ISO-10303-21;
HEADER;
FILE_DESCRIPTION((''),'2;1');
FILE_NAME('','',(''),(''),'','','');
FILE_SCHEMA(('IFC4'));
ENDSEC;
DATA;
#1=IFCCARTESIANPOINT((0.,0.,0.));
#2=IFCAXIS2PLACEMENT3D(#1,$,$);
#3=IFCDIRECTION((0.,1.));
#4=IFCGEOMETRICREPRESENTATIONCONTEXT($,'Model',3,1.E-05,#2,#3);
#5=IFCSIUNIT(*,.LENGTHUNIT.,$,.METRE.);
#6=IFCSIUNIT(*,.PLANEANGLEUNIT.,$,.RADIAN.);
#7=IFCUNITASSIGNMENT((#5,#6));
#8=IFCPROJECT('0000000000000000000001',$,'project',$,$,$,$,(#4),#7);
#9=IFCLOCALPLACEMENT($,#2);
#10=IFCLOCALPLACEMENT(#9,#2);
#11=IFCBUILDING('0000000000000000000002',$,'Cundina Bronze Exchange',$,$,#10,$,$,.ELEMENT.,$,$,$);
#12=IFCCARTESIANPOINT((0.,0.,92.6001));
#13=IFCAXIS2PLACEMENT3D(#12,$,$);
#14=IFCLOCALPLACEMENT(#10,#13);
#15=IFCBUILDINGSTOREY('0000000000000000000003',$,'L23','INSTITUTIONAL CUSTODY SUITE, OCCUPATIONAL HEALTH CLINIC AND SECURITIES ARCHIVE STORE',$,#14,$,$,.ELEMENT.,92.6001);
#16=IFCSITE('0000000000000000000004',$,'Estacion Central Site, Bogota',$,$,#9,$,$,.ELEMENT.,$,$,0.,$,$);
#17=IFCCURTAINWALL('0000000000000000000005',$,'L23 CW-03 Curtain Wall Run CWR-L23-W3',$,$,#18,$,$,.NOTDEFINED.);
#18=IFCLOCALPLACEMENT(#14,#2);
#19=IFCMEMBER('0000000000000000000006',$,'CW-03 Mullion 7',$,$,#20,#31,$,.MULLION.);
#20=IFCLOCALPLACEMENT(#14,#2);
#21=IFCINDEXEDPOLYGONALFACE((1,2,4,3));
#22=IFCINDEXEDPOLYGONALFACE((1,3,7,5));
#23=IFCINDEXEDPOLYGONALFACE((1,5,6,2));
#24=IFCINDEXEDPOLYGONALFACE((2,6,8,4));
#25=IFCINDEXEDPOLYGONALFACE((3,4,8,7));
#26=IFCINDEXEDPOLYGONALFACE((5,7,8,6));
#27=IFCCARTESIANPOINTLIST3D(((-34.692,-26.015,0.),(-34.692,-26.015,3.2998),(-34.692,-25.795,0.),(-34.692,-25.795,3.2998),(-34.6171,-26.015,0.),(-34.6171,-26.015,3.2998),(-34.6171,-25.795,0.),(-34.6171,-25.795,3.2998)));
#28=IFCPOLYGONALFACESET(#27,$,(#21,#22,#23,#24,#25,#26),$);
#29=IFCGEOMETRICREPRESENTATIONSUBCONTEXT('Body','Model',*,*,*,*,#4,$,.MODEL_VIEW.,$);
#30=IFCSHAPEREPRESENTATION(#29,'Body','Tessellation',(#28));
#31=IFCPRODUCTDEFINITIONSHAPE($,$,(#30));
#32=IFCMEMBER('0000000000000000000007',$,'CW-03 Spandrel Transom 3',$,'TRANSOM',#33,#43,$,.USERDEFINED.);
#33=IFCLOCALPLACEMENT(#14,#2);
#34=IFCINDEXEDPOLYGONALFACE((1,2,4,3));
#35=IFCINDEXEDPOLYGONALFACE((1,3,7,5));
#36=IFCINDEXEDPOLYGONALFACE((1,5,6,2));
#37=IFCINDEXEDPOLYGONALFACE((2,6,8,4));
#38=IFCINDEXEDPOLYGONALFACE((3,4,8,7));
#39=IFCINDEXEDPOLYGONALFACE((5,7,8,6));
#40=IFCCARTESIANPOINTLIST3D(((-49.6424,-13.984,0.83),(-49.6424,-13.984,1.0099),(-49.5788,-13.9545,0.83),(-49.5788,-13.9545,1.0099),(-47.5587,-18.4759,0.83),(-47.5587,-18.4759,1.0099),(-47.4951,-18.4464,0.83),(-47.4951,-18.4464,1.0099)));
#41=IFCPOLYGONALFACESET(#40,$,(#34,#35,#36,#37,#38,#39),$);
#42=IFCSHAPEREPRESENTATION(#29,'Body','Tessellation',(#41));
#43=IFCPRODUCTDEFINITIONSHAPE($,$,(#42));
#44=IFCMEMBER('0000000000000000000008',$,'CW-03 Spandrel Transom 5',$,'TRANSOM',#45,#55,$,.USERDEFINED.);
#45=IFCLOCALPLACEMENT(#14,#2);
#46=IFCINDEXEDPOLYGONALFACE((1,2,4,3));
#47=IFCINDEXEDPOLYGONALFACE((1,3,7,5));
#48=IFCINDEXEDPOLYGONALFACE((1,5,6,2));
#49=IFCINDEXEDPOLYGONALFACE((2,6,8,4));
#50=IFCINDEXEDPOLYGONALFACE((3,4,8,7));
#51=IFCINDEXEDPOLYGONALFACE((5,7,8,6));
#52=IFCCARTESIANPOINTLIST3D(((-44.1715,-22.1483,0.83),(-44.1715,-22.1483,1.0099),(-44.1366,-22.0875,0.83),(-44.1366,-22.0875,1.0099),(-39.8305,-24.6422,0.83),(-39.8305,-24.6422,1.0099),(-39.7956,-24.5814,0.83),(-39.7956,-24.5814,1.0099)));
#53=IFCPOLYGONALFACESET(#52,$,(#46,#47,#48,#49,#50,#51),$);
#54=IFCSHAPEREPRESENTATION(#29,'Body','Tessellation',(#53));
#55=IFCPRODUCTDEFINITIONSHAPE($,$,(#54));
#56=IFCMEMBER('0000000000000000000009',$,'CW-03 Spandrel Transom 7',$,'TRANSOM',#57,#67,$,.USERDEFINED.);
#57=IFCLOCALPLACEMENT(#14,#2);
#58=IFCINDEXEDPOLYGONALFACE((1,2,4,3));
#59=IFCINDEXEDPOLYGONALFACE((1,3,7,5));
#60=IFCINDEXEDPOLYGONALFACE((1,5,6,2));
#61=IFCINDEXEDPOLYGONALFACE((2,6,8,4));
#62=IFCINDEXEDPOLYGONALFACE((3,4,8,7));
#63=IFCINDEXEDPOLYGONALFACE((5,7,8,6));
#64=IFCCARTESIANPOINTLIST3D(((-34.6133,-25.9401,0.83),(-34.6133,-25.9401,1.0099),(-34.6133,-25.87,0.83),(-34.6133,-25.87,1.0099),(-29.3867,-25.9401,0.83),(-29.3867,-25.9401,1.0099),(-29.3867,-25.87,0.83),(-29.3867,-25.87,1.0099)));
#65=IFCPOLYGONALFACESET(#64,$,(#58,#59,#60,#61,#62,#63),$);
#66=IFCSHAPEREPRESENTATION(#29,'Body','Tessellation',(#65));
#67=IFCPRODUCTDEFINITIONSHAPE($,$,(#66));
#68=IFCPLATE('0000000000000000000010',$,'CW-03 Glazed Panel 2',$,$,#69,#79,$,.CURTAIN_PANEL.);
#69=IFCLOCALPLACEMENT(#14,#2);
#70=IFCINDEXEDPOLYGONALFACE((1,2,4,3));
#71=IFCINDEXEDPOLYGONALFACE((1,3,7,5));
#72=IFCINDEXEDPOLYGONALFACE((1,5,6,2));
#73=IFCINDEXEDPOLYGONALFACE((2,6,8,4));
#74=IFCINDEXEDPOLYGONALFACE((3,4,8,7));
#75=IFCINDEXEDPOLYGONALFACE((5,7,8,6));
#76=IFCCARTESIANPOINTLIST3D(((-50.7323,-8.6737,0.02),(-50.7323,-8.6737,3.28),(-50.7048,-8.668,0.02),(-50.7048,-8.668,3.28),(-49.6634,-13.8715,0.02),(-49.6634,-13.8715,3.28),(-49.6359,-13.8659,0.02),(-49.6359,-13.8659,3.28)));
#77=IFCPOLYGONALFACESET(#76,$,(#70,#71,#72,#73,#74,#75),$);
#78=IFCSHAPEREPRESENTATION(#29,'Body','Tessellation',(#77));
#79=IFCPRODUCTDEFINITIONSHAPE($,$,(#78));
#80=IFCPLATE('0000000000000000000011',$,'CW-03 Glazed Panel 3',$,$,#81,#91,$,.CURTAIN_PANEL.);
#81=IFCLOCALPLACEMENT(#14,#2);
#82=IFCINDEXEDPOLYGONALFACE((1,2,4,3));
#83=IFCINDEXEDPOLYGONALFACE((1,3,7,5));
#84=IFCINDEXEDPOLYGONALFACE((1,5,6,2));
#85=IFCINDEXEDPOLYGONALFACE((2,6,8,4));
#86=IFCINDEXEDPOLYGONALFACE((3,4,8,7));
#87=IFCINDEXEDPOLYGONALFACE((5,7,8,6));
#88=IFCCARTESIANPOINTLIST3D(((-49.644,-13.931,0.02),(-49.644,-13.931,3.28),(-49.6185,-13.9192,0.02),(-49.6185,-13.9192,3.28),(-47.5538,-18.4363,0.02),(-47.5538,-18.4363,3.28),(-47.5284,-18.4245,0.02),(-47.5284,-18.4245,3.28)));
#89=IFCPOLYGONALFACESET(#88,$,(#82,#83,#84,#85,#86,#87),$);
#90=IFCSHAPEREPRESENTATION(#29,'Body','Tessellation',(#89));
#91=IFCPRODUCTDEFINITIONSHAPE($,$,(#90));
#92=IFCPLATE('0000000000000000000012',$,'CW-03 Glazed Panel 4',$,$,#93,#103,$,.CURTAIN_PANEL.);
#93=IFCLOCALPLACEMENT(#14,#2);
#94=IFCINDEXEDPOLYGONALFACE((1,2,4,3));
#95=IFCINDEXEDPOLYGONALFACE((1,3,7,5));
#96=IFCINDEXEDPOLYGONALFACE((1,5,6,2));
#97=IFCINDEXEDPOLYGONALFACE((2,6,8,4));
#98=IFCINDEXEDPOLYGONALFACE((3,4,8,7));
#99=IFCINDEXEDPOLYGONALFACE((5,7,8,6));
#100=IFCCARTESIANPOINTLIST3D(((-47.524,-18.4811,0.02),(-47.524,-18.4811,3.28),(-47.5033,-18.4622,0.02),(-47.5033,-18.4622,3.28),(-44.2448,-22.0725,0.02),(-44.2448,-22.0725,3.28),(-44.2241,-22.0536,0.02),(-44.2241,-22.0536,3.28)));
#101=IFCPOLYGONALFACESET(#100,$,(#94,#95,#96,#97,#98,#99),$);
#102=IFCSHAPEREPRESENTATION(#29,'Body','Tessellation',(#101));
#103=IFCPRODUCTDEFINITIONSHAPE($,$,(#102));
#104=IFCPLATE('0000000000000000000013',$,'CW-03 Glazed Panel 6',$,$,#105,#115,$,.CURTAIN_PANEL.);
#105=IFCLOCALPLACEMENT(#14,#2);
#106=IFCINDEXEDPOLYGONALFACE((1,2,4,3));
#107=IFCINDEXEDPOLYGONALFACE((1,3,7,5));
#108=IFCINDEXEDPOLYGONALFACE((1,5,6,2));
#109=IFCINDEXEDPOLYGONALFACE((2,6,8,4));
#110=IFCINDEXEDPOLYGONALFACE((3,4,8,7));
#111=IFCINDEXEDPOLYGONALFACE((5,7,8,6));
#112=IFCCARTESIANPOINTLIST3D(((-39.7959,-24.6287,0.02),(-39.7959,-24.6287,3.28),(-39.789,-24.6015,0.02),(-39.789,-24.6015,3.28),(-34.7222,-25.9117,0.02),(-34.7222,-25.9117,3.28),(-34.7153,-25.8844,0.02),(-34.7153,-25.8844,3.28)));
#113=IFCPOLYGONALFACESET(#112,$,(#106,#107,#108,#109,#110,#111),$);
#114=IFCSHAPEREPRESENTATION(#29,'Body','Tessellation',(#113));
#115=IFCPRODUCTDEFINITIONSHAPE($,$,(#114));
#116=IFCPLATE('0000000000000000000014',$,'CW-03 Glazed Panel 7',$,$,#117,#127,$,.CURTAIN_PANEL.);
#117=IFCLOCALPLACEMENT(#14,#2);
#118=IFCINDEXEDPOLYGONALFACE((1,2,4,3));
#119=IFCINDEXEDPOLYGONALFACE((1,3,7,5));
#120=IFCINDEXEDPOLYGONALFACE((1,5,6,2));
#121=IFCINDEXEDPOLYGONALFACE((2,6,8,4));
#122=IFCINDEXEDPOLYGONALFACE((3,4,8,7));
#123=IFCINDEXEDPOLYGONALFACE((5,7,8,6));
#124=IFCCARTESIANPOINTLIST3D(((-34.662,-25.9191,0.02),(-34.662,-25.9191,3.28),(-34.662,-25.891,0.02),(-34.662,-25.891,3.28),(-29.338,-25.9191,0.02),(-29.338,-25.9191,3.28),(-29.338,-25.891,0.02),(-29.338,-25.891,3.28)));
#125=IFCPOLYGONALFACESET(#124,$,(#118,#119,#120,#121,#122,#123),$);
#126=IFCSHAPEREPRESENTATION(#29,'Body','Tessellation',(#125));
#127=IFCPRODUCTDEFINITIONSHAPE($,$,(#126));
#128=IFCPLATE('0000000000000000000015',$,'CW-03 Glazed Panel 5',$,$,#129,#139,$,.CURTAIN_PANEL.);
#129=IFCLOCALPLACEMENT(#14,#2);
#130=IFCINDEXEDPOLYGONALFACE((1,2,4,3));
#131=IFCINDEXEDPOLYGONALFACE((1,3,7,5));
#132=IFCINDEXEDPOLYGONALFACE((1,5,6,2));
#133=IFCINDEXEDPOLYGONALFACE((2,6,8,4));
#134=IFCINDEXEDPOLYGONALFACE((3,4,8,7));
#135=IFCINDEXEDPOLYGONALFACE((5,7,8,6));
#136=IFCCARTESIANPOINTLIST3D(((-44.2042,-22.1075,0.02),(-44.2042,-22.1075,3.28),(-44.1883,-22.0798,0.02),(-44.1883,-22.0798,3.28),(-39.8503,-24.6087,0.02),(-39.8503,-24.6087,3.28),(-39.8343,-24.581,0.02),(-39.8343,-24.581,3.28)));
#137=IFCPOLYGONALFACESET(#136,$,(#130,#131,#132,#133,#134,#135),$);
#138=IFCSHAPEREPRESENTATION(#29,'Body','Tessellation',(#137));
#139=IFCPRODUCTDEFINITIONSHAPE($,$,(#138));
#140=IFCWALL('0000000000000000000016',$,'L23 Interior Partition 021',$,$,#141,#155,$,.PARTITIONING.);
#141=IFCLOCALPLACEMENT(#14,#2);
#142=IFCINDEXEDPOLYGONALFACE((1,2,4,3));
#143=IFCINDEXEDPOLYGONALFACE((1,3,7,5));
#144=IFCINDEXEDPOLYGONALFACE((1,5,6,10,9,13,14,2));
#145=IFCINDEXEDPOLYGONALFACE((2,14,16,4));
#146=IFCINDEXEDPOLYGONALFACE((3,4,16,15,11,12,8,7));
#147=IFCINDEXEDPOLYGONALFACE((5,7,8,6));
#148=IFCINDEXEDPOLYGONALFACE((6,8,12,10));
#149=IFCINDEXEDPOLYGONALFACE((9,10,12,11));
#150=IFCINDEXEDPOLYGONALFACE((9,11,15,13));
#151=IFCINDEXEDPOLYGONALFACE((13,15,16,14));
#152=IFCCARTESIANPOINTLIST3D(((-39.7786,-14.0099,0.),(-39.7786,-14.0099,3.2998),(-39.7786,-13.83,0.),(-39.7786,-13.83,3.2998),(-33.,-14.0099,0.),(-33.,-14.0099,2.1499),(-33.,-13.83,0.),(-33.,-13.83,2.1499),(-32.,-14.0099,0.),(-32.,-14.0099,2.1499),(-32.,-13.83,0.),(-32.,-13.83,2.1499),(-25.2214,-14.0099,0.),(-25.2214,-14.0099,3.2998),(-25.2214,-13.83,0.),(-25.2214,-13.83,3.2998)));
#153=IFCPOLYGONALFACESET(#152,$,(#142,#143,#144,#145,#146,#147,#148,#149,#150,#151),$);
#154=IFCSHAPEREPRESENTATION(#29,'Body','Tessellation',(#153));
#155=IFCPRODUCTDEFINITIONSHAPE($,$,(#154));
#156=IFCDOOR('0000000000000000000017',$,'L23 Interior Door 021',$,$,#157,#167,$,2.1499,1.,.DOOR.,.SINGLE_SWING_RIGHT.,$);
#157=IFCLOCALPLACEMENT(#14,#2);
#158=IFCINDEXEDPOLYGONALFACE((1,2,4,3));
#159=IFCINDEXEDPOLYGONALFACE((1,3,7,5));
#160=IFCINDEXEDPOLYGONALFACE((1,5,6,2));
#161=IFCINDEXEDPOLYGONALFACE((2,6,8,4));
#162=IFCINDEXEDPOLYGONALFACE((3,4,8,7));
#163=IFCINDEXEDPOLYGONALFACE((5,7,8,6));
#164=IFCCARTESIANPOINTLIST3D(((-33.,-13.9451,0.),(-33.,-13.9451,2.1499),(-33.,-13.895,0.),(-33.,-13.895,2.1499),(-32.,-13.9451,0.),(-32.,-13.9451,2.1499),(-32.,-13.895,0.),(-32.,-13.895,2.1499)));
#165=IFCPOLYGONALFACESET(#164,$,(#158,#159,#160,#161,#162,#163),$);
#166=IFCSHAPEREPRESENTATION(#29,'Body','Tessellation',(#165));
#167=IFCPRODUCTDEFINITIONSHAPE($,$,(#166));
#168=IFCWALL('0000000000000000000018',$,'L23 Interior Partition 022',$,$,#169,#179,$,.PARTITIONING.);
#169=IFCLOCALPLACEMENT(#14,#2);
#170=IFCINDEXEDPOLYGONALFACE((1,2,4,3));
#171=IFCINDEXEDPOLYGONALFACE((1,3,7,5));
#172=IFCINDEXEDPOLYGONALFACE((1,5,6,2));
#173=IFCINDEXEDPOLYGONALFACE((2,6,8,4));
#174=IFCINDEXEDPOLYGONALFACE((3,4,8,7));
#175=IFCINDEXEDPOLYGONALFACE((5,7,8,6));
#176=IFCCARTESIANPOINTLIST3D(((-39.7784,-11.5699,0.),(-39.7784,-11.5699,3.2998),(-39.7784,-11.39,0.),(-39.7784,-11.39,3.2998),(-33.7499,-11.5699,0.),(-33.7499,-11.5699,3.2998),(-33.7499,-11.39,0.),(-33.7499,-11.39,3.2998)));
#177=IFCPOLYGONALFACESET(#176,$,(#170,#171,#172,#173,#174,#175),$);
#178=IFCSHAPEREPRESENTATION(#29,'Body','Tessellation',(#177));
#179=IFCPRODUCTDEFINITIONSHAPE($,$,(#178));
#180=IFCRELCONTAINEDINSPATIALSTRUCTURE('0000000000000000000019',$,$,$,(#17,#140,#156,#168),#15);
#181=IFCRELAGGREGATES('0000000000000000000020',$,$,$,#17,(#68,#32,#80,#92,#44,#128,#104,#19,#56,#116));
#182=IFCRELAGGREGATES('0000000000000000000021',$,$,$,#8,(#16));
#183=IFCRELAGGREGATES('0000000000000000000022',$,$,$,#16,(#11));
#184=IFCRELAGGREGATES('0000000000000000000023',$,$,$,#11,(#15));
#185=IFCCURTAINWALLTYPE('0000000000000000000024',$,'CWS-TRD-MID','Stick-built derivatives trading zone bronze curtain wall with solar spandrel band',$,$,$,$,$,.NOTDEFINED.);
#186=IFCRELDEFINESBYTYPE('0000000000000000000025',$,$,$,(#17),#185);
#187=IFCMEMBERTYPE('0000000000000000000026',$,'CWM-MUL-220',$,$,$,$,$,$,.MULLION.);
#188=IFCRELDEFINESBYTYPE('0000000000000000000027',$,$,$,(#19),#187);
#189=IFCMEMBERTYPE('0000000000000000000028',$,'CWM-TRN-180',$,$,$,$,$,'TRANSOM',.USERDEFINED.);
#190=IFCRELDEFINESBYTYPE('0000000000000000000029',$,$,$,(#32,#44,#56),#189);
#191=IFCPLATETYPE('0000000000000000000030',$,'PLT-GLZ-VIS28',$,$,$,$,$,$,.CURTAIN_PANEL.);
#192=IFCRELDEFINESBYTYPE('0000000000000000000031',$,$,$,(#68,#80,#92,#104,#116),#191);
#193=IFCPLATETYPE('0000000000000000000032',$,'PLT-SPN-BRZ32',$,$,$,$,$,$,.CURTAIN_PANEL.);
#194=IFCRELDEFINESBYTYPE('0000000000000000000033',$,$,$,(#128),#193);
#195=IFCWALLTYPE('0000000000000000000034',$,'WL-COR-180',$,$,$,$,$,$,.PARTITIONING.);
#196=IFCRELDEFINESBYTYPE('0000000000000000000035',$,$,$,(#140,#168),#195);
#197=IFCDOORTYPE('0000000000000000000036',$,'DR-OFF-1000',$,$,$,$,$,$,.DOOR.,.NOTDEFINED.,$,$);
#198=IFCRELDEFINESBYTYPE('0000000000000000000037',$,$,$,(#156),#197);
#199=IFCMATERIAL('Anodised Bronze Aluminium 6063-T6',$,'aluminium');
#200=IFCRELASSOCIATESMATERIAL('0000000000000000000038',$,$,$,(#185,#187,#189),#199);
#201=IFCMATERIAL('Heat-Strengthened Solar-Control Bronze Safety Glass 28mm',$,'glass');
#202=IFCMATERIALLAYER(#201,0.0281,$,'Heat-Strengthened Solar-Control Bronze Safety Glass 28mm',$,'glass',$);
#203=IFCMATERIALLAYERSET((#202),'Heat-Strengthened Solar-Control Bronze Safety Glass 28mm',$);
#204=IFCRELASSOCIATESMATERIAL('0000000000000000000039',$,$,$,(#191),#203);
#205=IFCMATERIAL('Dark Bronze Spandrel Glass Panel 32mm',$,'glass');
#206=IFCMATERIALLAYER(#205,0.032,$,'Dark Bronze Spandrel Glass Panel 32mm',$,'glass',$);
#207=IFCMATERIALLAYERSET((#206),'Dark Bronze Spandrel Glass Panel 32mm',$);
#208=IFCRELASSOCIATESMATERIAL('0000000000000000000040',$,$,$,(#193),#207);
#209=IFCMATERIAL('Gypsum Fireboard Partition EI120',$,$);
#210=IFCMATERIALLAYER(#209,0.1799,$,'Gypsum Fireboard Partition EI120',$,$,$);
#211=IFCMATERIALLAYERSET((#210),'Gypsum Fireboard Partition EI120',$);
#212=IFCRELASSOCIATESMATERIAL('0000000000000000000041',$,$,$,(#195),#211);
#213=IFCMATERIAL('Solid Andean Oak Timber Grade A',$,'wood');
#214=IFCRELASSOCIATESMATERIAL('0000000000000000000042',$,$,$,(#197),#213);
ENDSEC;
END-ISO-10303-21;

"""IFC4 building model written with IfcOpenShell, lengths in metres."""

from ifc_helpers import new_model, si_unit, direction, frame, frame_2d, origin, origin_2d, place, context, subcontext, project, spatial, rectangle, extrude, material, layer, layer_set, material_profile, profile_set, type_object, element, fill, aggregate, save


model = new_model("IFC4")

# Units and contexts
model_context = context("Model", 3, precision=1e-05, world=origin(), true_north=direction((0.0, 1.0)))
body_context = subcontext(model_context, "Body", "Model", "MODEL_VIEW")
ifc_project = project(units=[si_unit("LENGTHUNIT", "METRE"), si_unit("PLANEANGLEUNIT", "RADIAN")], contexts=[model_context])

# Site, building, storey
site_placement = place(None, origin())
site = spatial("IfcSite", under=ifc_project, at=site_placement, Name="Estacion Central Site, Bogota", CompositionType="ELEMENT", RefElevation=0.0)
building_placement = place(site_placement, origin())
building = spatial("IfcBuilding", under=site, at=building_placement, Name="Cundina Bronze Exchange", CompositionType="ELEMENT")
storey_placement = place(building_placement, frame((0.0, 0.0, 92.6001)))
storey = spatial("IfcBuildingStorey", under=building, at=storey_placement, Name="L23", Description="INSTITUTIONAL CUSTODY SUITE, OCCUPATIONAL HEALTH CLINIC AND SECURITIES ARCHIVE STORE", CompositionType="ELEMENT", Elevation=92.6001)

# Curtain wall, members, plates
ifc_material_1 = material(Name="Anodised Bronze Aluminium 6063-T6", Category="aluminium")
curtain_wall_type = type_object("IfcCurtainWallType", Name="CWS-TRD-MID", Description="Stick-built derivatives trading zone bronze curtain wall with solar spandrel band", PredefinedType="NOTDEFINED", material=ifc_material_1)
curtain_wall_placement = place(storey_placement, origin())
curtain_wall = element("IfcCurtainWall", 1, at=curtain_wall_placement, inside=storey, type_object=curtain_wall_type, Name="L23 CW-03 Curtain Wall Run CWR-L23-W3", PredefinedType="NOTDEFINED")
ifc_material_profile_1 = material_profile(ifc_material_1, rectangle(XDim=0.075, YDim=0.22, at=origin_2d()), Name="AL75X220", Category="aluminium")
ifc_profile_set_1 = profile_set([ifc_material_profile_1], Name="Anodised Bronze Aluminium 6063-T6")
member_type_1 = type_object("IfcMemberType", Name="CWM-MUL-220", PredefinedType="MULLION", material=ifc_profile_set_1)
member_1_placement = place(storey_placement, frame((-34.6545, -25.905, 0.0), z_axis=(0.0, 0.0, 1.0), x_axis=(1.0, 0.0, 0.0)))
member_1 = element("IfcMember", 2, at=member_1_placement, type_object=member_type_1, Name="CW-03 Mullion 7", PredefinedType="MULLION", context=body_context, shape_type="SweptSolid", body=[
    extrude(rectangle(XDim=0.075, YDim=0.22, at=origin_2d()), origin(), (0.0, 0.0, 1.0), 3.2998),
])
ifc_material_profile_2 = material_profile(ifc_material_1, rectangle(XDim=0.0701, YDim=0.1799, at=origin_2d()), Name="AL70X180", Category="aluminium")
ifc_profile_set_2 = profile_set([ifc_material_profile_2], Name="Anodised Bronze Aluminium 6063-T6")
member_type_2 = type_object("IfcMemberType", Name="CWM-TRN-180", ElementType="TRANSOM", PredefinedType="USERDEFINED", material=ifc_profile_set_2)
member_2_placement = place(storey_placement, frame((-49.6106, -13.9692, 0.9199), z_axis=(0.420811, -0.907148, 0.0), x_axis=(0.907148, 0.420811, 0.0)))
member_2 = element("IfcMember", 3, at=member_2_placement, type_object=member_type_2, Name="CW-03 Spandrel Transom 3", ObjectType="TRANSOM", PredefinedType="USERDEFINED", context=body_context, shape_type="SweptSolid", body=[
    extrude(rectangle(XDim=0.0701, YDim=0.1799, at=origin_2d()), origin(), (0.0, 0.0, 1.0), 4.9517),
])
member_3_placement = place(storey_placement, frame((-44.1541, -22.1179, 0.9199), z_axis=(0.867097, -0.498139, 0.0), x_axis=(0.498139, 0.867097, 0.0)))
member_3 = element("IfcMember", 4, at=member_3_placement, type_object=member_type_2, Name="CW-03 Spandrel Transom 5", ObjectType="TRANSOM", PredefinedType="USERDEFINED", context=body_context, shape_type="SweptSolid", body=[
    extrude(rectangle(XDim=0.0701, YDim=0.1799, at=origin_2d()), origin(), (0.0, 0.0, 1.0), 5.0063),
])
member_4_placement = place(storey_placement, frame((-34.6133, -25.905, 0.9199), z_axis=(1.0, 0.0, 0.0), x_axis=(0.0, 1.0, 0.0)))
member_4 = element("IfcMember", 5, at=member_4_placement, type_object=member_type_2, Name="CW-03 Spandrel Transom 7", ObjectType="TRANSOM", PredefinedType="USERDEFINED", context=body_context, shape_type="SweptSolid", body=[
    extrude(rectangle(XDim=0.0701, YDim=0.1799, at=origin_2d()), origin(), (0.0, 0.0, 1.0), 5.2266),
])
ifc_material_2 = material(Name="Heat-Strengthened Solar-Control Bronze Safety Glass 28mm", Category="glass")
ifc_layer_1 = layer(ifc_material_2, 0.0281, Name="Heat-Strengthened Solar-Control Bronze Safety Glass 28mm", Category="glass")
ifc_layer_set_1 = layer_set([ifc_layer_1], Name="Heat-Strengthened Solar-Control Bronze Safety Glass 28mm")
plate_type_1 = type_object("IfcPlateType", Name="PLT-GLZ-VIS28", PredefinedType="CURTAIN_PANEL", material=ifc_layer_set_1)
plate_1_placement = place(storey_placement, frame((-50.1841, -11.2698, 0.02), z_axis=(0.0, 0.0, 1.0), x_axis=(0.20142, -0.979505, 0.0)))
plate_1 = element("IfcPlate", 6, at=plate_1_placement, type_object=plate_type_1, Name="CW-03 Glazed Panel 2", PredefinedType="CURTAIN_PANEL", context=body_context, shape_type="SweptSolid", body=[
    extrude(rectangle(XDim=5.3066, YDim=0.0281, at=origin_2d()), origin(), (0.0, 0.0, 1.0), 3.26),
])
plate_2_placement = place(storey_placement, frame((-48.5862, -16.1777, 0.02), z_axis=(0.0, 0.0, 1.0), x_axis=(0.420846, -0.907132, 0.0)))
plate_2 = element("IfcPlate", 7, at=plate_2_placement, type_object=plate_type_1, Name="CW-03 Glazed Panel 3", PredefinedType="CURTAIN_PANEL", context=body_context, shape_type="SweptSolid", body=[
    extrude(rectangle(XDim=4.9666, YDim=0.0281, at=origin_2d()), origin(), (0.0, 0.0, 1.0), 3.26),
])
plate_3_placement = place(storey_placement, frame((-45.874, -20.2673, 0.02), z_axis=(0.0, 0.0, 1.0), x_axis=(0.674277, -0.738479, 0.0)))
plate_3 = element("IfcPlate", 8, at=plate_3_placement, type_object=plate_type_1, Name="CW-03 Glazed Panel 4", PredefinedType="CURTAIN_PANEL", context=body_context, shape_type="SweptSolid", body=[
    extrude(rectangle(XDim=4.8633, YDim=0.0281, at=origin_2d()), origin(), (0.0, 0.0, 1.0), 3.26),
])
plate_4_placement = place(storey_placement, frame((-37.2556, -25.2566, 0.02), z_axis=(0.0, 0.0, 1.0), x_axis=(0.969488, -0.245138, 0.0)))
plate_4 = element("IfcPlate", 9, at=plate_4_placement, type_object=plate_type_1, Name="CW-03 Glazed Panel 6", PredefinedType="CURTAIN_PANEL", context=body_context, shape_type="SweptSolid", body=[
    extrude(rectangle(XDim=5.2334, YDim=0.0281, at=origin_2d()), origin(), (0.0, 0.0, 1.0), 3.26),
])
plate_5_placement = place(storey_placement, frame((-32.0, -25.905, 0.02), z_axis=(0.0, 0.0, 1.0), x_axis=(1.0, 0.0, 0.0)))
plate_5 = element("IfcPlate", 10, at=plate_5_placement, type_object=plate_type_1, Name="CW-03 Glazed Panel 7", PredefinedType="CURTAIN_PANEL", context=body_context, shape_type="SweptSolid", body=[
    extrude(rectangle(XDim=5.324, YDim=0.0281, at=origin_2d()), origin(), (0.0, 0.0, 1.0), 3.26),
])
ifc_material_3 = material(Name="Dark Bronze Spandrel Glass Panel 32mm", Category="glass")
ifc_layer_2 = layer(ifc_material_3, 0.032, Name="Dark Bronze Spandrel Glass Panel 32mm", Category="glass")
ifc_layer_set_2 = layer_set([ifc_layer_2], Name="Dark Bronze Spandrel Glass Panel 32mm")
plate_type_2 = type_object("IfcPlateType", Name="PLT-SPN-BRZ32", PredefinedType="CURTAIN_PANEL", material=ifc_layer_set_2)
plate_6_placement = place(storey_placement, frame((-42.0193, -23.3442, 0.02), z_axis=(0.0, 0.0, 1.0), x_axis=(0.867105, -0.498125, 0.0)))
plate_6 = element("IfcPlate", 11, at=plate_6_placement, type_object=plate_type_2, Name="CW-03 Glazed Panel 5", PredefinedType="CURTAIN_PANEL", context=body_context, shape_type="SweptSolid", body=[
    extrude(rectangle(XDim=5.0212, YDim=0.032, at=origin_2d()), origin(), (0.0, 0.0, 1.0), 3.26),
])
aggregate(curtain_wall, [plate_1, member_2, plate_2, plate_3, member_3, plate_6, plate_4, member_1, member_4, plate_5])

# Wall, opening, door
ifc_material_4 = material(Name="Gypsum Fireboard Partition EI120")
ifc_layer_3 = layer(ifc_material_4, 0.1799, Name="Gypsum Fireboard Partition EI120")
ifc_layer_set_3 = layer_set([ifc_layer_3], Name="Gypsum Fireboard Partition EI120")
wall_type_1 = type_object("IfcWallType", Name="WL-COR-180", PredefinedType="PARTITIONING", material=ifc_layer_set_3)
wall_1_placement = place(storey_placement, frame((-39.7786, -13.9199, 0.0), z_axis=(0.0, 0.0, 1.0), x_axis=(1.0, 0.0, 0.0)))
wall_1 = element("IfcWall", 12, at=wall_1_placement, inside=storey, type_object=wall_type_1, Name="L23 Interior Partition 021", PredefinedType="PARTITIONING", context=body_context, shape_type="SweptSolid", body=[
    extrude(rectangle(XDim=14.5571, YDim=0.1799, at=frame_2d((7.2786, 0.0))), origin(), (0.0, 0.0, 1.0), 3.2998),
])
opening_placement = place(wall_1_placement, frame((6.7786, 0.0, 0.0)))
opening = element("IfcOpeningElement", 13, at=opening_placement, cuts=wall_1, PredefinedType="OPENING", context=body_context, shape_type="SweptSolid", body=[
    extrude(rectangle(XDim=1.0, YDim=2.1499, at=frame_2d((0.5, 1.075))), frame((0.0, 0.0999, 0.0), z_axis=(0.0, -1.0, 0.0), x_axis=(1.0, 0.0, 0.0)), (0.0, 0.0, 1.0), 0.2),
])
ifc_material_5 = material(Name="Solid Andean Oak Timber Grade A", Category="wood")
door_type = type_object("IfcDoorType", Name="DR-OFF-1000", OperationType="NOTDEFINED", PredefinedType="DOOR", material=ifc_material_5)
door_placement = place(opening_placement, origin())
door = element("IfcDoor", 14, at=door_placement, inside=storey, type_object=door_type, Name="L23 Interior Door 021", OperationType="SINGLE_SWING_RIGHT", OverallHeight=2.1499, OverallWidth=1.0, PredefinedType="DOOR", context=body_context, shape_type="SweptSolid", body=[
    extrude(rectangle(XDim=1.0, YDim=2.1499, at=frame_2d((0.5, 1.075))), frame((0.0, 0.0249, 0.0), z_axis=(0.0, -1.0, 0.0), x_axis=(1.0, 0.0, 0.0)), (0.0, 0.0, 1.0), 0.05),
])
fill(opening, door)

# Wall
wall_2_placement = place(storey_placement, frame((-33.75, -11.48, 0.0), z_axis=(0.0, 0.0, 1.0), x_axis=(-1.0, 0.0, 0.0)))
element("IfcWall", 15, at=wall_2_placement, inside=storey, type_object=wall_type_1, Name="L23 Interior Partition 022", PredefinedType="PARTITIONING", context=body_context, shape_type="SweptSolid", body=[
    extrude(rectangle(XDim=6.0286, YDim=0.1799, at=frame_2d((3.0142, 0.0))), origin(), (0.0, 0.0, 1.0), 3.2998),
])

save(model, "model.ifc")
